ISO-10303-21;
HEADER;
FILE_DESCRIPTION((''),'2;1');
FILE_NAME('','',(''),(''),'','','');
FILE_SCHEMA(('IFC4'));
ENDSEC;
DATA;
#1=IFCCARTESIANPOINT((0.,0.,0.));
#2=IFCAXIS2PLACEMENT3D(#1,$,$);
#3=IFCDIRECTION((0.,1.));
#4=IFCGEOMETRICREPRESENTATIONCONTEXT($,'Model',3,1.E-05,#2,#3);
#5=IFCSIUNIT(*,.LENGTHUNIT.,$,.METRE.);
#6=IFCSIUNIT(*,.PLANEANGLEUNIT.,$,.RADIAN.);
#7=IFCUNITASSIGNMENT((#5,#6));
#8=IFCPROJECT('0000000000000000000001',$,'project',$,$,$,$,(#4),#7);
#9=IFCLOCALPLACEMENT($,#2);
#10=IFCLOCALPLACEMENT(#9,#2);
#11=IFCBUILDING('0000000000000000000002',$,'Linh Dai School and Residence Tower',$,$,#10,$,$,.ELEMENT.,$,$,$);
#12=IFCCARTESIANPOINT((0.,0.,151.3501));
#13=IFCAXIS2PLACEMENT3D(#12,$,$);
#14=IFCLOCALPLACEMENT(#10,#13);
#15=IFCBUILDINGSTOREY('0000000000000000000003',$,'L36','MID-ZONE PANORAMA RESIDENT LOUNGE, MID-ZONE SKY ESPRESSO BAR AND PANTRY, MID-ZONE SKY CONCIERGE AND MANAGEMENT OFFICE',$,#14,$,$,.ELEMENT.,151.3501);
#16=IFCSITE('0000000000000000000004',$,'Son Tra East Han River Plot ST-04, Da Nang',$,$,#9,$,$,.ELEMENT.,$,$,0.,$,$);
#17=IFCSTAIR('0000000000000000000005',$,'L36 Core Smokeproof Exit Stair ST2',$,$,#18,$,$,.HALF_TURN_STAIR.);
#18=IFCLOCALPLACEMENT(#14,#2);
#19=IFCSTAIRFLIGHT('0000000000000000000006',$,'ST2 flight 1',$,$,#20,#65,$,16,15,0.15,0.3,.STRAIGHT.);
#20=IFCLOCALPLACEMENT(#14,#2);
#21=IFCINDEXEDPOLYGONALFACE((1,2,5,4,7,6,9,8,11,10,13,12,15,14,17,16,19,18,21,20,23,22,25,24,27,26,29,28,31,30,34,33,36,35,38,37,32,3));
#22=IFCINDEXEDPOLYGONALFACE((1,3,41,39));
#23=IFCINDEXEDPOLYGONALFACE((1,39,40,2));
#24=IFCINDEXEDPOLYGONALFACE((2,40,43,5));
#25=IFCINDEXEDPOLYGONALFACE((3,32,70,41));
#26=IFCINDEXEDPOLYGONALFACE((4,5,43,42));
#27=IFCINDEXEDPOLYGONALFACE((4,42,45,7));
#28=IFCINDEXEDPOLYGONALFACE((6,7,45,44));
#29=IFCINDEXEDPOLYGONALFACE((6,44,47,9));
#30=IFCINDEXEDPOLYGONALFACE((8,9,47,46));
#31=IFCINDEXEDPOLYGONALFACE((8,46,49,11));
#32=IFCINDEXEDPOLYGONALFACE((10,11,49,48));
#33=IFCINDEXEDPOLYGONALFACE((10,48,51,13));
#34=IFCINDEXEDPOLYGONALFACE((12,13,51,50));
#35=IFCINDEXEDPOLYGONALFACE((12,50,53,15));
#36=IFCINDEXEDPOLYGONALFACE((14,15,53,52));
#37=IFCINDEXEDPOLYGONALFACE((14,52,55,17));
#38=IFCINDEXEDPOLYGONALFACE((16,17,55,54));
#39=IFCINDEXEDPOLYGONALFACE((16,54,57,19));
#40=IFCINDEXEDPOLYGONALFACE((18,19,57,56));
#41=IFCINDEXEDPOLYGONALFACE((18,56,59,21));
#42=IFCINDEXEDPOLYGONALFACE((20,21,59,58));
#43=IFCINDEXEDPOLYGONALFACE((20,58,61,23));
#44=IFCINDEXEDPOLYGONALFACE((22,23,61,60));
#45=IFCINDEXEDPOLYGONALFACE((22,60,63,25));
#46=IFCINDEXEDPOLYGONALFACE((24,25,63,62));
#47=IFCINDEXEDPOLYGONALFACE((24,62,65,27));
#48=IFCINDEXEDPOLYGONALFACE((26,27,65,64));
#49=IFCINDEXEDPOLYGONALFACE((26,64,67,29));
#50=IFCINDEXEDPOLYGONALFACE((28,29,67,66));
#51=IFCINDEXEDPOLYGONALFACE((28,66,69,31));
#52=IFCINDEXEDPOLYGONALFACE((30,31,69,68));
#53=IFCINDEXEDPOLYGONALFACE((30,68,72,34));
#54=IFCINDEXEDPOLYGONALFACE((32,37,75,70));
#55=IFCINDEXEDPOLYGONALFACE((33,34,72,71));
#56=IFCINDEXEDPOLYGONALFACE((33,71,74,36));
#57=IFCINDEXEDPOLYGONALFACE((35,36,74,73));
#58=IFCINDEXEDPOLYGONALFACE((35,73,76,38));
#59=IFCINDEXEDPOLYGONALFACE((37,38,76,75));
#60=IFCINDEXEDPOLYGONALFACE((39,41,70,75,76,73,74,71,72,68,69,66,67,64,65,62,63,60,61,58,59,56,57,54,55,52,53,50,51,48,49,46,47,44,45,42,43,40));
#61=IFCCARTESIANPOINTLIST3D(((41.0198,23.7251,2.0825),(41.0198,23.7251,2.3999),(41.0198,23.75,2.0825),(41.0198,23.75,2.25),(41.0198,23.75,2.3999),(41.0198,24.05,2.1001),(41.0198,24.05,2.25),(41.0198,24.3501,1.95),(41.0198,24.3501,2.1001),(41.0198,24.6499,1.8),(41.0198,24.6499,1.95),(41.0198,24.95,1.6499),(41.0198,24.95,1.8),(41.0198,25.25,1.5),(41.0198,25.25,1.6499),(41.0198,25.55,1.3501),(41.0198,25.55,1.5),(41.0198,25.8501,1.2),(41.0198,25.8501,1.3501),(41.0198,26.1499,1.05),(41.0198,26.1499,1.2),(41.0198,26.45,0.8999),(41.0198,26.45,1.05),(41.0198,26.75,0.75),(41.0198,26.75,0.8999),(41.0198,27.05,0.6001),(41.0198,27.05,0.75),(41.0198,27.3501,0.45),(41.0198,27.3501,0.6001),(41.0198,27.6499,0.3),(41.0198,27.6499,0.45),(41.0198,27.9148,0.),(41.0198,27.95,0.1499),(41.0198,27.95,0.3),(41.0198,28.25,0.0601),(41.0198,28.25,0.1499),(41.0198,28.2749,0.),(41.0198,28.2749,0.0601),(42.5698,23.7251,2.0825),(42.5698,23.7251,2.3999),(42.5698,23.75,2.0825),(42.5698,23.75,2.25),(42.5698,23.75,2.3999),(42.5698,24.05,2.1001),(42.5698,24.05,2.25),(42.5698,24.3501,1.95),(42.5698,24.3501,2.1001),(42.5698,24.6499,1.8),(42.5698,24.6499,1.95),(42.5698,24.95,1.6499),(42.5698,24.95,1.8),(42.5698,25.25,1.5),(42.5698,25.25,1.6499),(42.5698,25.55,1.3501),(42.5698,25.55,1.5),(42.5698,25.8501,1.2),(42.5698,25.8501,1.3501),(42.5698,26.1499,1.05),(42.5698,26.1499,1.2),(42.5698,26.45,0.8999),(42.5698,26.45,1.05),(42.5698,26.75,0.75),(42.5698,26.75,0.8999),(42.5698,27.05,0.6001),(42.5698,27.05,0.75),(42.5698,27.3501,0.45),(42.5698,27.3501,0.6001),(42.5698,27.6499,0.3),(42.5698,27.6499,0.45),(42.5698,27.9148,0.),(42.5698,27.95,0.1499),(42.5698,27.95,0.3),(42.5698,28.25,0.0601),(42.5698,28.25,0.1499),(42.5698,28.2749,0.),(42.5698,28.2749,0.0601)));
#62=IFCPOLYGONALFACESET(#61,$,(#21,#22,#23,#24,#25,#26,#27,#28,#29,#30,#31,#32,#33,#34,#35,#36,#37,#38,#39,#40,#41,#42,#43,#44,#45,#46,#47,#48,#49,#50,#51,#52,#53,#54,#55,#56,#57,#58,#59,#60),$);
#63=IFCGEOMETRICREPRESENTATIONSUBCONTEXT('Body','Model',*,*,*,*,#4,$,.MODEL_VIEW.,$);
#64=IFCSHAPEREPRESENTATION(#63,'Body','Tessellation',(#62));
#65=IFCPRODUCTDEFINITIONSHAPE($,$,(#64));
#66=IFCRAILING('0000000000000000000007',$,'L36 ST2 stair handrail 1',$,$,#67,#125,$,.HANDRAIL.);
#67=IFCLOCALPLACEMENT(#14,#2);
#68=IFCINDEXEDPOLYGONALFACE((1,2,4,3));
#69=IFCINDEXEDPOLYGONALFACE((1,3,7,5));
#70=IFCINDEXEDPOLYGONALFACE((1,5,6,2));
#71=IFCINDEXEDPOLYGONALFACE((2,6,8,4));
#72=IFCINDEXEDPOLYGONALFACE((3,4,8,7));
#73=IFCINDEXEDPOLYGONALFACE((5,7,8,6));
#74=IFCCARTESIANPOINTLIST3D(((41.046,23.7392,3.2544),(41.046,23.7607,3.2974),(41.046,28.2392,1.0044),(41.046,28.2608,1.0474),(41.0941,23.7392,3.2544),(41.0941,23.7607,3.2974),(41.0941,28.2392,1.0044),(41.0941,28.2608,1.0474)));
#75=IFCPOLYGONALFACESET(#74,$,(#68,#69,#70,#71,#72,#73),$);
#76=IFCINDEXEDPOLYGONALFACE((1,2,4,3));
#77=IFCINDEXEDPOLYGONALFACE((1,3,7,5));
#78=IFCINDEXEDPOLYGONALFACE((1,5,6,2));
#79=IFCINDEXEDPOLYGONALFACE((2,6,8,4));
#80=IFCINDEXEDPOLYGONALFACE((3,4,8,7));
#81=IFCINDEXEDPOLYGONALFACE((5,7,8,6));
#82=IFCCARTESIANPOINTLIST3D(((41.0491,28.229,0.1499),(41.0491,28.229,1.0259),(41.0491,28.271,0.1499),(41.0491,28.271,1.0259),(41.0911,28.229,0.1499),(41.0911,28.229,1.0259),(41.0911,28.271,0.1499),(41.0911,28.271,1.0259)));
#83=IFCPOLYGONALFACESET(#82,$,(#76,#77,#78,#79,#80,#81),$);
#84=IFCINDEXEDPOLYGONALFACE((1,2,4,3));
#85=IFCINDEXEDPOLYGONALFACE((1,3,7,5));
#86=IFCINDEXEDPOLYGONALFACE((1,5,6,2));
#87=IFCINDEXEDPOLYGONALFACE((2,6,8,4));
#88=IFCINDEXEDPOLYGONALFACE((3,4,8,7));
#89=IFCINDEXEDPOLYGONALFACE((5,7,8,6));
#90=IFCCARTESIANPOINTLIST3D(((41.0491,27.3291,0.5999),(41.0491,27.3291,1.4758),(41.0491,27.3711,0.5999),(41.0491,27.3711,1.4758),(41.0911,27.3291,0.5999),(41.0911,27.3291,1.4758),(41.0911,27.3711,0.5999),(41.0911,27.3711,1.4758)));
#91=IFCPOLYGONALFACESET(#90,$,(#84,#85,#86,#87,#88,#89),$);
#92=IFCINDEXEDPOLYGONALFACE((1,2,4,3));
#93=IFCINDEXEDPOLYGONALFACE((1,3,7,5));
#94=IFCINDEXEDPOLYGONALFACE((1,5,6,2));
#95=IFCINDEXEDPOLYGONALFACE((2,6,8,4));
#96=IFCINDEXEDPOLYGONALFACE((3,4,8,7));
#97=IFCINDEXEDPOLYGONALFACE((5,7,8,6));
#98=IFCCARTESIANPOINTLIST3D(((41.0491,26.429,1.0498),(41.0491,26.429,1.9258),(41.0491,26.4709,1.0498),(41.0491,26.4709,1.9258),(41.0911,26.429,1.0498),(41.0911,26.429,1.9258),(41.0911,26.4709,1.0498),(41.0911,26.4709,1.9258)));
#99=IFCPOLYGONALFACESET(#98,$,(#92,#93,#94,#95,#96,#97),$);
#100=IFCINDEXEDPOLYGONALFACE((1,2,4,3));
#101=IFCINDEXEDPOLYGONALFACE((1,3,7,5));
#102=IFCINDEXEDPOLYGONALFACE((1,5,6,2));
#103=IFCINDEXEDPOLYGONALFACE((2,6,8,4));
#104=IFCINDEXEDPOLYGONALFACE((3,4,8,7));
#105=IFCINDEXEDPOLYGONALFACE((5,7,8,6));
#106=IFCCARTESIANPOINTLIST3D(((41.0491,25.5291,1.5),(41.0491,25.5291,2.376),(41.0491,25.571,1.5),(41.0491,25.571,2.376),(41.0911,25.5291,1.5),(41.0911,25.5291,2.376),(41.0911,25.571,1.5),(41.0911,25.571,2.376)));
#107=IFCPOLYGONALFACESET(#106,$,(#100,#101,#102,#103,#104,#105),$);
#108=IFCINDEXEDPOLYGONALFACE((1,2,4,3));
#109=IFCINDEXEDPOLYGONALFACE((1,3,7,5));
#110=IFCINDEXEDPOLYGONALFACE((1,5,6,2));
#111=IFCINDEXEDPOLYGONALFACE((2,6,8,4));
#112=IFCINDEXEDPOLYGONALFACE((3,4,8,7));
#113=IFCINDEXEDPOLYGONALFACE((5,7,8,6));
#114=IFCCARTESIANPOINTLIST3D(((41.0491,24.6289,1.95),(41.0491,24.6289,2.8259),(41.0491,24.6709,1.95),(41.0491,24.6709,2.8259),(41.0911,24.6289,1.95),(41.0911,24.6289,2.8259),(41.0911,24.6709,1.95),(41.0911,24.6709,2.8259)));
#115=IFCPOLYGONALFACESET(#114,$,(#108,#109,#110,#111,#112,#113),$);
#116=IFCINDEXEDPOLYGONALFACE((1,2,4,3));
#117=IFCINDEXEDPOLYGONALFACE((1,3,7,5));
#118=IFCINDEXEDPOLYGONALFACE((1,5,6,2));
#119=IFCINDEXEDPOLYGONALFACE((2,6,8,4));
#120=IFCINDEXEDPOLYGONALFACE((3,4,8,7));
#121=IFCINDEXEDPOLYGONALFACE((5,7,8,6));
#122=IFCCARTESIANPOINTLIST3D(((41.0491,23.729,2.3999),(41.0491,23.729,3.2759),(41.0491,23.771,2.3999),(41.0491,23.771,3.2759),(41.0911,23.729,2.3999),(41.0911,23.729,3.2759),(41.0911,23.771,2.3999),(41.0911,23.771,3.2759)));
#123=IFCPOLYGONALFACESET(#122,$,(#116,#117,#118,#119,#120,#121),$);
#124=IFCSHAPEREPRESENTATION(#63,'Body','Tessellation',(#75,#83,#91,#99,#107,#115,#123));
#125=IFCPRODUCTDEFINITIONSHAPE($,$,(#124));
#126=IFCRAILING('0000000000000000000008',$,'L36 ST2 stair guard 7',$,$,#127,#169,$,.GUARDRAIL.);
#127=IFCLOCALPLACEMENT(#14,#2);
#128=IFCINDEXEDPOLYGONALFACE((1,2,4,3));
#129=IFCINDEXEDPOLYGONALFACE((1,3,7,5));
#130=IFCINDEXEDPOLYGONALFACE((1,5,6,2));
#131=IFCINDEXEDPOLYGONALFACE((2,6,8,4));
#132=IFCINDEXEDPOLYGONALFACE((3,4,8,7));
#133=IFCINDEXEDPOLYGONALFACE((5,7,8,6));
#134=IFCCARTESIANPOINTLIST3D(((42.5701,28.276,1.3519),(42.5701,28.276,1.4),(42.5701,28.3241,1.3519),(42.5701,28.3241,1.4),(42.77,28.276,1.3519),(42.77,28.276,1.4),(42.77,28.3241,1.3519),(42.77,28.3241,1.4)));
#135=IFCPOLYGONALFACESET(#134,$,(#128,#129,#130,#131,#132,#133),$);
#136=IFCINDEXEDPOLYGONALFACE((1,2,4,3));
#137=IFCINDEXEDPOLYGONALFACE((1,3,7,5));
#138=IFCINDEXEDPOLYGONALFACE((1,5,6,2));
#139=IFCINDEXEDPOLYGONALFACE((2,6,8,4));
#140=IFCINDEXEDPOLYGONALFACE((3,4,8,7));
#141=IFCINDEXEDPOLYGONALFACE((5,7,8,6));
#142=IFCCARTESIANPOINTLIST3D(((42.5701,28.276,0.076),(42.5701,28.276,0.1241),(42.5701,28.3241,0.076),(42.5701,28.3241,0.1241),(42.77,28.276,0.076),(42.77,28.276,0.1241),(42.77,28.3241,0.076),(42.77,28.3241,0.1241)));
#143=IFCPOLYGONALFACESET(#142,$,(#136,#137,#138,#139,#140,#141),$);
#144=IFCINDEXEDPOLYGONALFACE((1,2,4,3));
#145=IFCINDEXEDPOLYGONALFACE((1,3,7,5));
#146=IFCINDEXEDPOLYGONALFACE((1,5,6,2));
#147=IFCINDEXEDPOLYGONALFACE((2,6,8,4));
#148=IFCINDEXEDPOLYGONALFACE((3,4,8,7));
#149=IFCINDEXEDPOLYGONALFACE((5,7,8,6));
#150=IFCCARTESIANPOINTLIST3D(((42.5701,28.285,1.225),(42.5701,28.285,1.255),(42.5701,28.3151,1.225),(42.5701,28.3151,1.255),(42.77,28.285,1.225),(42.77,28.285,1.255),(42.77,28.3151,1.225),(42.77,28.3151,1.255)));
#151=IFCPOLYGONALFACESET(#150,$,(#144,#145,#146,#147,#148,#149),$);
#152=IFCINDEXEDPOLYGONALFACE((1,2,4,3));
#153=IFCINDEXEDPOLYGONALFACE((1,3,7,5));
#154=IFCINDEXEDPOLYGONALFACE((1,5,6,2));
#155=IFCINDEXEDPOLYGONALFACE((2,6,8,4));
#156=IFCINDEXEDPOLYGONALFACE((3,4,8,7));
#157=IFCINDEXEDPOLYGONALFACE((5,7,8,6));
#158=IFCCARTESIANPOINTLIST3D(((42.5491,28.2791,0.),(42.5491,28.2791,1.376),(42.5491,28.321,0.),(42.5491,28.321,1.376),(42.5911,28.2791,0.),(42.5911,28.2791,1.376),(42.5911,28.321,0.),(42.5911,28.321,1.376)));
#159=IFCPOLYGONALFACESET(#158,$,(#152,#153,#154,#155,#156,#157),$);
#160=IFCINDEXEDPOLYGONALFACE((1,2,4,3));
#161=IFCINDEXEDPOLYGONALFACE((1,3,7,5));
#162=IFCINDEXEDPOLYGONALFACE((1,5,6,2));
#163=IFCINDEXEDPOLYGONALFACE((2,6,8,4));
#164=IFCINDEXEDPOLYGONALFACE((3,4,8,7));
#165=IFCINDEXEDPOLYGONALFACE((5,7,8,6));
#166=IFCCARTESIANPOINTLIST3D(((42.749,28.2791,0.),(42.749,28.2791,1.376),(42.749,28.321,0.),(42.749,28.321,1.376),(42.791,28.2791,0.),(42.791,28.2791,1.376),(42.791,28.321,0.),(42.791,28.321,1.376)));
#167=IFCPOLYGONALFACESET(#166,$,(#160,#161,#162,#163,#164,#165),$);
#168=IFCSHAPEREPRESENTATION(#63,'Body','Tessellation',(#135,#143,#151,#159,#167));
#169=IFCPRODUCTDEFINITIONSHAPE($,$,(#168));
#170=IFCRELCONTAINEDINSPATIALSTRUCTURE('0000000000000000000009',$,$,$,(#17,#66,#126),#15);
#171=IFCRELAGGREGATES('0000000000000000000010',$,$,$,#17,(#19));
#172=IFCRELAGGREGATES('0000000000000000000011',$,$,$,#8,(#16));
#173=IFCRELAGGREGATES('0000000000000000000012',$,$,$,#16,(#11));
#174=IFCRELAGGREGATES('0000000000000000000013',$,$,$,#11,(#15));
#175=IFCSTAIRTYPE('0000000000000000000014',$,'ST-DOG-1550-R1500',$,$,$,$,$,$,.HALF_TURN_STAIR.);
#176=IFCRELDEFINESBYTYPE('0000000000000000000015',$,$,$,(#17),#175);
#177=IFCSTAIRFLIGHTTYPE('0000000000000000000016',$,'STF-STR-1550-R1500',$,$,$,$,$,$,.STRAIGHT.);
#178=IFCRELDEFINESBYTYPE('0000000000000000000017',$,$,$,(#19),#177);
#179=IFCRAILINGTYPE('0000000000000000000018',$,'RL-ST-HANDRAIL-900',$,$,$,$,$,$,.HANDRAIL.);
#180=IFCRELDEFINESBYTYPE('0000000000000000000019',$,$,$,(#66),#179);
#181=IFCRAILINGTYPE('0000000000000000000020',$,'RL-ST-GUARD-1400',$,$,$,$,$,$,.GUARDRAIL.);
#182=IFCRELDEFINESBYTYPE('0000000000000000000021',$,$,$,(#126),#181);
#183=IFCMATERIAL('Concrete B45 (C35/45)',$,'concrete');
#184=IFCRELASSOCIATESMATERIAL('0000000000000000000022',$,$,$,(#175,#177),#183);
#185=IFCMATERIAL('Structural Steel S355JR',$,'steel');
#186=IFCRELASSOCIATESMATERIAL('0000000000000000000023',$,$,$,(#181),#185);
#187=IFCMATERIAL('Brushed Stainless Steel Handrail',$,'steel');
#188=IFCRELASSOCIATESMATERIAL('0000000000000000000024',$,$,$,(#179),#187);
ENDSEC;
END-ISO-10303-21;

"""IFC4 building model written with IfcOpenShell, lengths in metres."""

from ifc_helpers import new_model, si_unit, direction, frame, origin, origin_2d, place, context, subcontext, project, spatial, polyline, rectangle, outline, extrude, source, transform, mapped, material, type_object, element, aggregate, save


model = new_model("IFC4")

# Units and contexts
model_context = context("Model", 3, precision=1e-05, world=origin(), true_north=direction((0.0, 1.0)))
body_context = subcontext(model_context, "Body", "Model", "MODEL_VIEW")
ifc_project = project(units=[si_unit("LENGTHUNIT", "METRE"), si_unit("PLANEANGLEUNIT", "RADIAN")], contexts=[model_context])

# Site, building, storey
site_placement = place(None, origin())
site = spatial("IfcSite", under=ifc_project, at=site_placement, Name="Son Tra East Han River Plot ST-04, Da Nang", CompositionType="ELEMENT", RefElevation=0.0)
building_placement = place(site_placement, origin())
building = spatial("IfcBuilding", under=site, at=building_placement, Name="Linh Dai School and Residence Tower", CompositionType="ELEMENT")
storey_placement = place(building_placement, frame((0.0, 0.0, 151.3501)))
storey = spatial("IfcBuildingStorey", under=building, at=storey_placement, Name="L36", Description="MID-ZONE PANORAMA RESIDENT LOUNGE, MID-ZONE SKY ESPRESSO BAR AND PANTRY, MID-ZONE SKY CONCIERGE AND MANAGEMENT OFFICE", CompositionType="ELEMENT", Elevation=151.3501)

# Shared definitions
ifc_material_1 = material(Name="Structural Steel S355JR", Category="steel")

# Shared definitions
ifc_material_2 = material(Name="Concrete B45 (C35/45)", Category="concrete")

# Stair, stair flight
stair_type = type_object("IfcStairType", Name="ST-DOG-1550-R1500", PredefinedType="HALF_TURN_STAIR", material=ifc_material_2)
stair_placement = place(storey_placement, origin())
stair = element("IfcStair", 1, at=stair_placement, inside=storey, type_object=stair_type, Name="L36 Core Smokeproof Exit Stair ST2", PredefinedType="HALF_TURN_STAIR")
stair_flight_type = type_object("IfcStairFlightType", Name="STF-STR-1550-R1500", PredefinedType="STRAIGHT", material=ifc_material_2)
shared_shape_1 = source(origin(), body_context, "Body", "SweptSolid", [
    extrude(outline(polyline([(-0.0249, 0.0), (-0.0249, 0.0601), (0.0, 0.0601), (0.0, 0.1499), (0.3, 0.1499), (0.3, 0.3), (0.6001, 0.3), (0.6001, 0.45), (0.8999, 0.45), (0.8999, 0.6001), (1.2, 0.6001), (1.2, 0.75), (1.5, 0.75), (1.5, 0.8999), (1.8, 0.8999), (1.8, 1.05), (2.1001, 1.05), (2.1001, 1.2), (2.3999, 1.2), (2.3999, 1.3501), (2.7, 1.3501), (2.7, 1.5), (3.0, 1.5), (3.0, 1.6499), (3.3, 1.6499), (3.3, 1.8), (3.6001, 1.8), (3.6001, 1.95), (3.8999, 1.95), (3.8999, 2.1001), (4.2, 2.1001), (4.2, 2.25), (4.5, 2.25), (4.5, 2.3999), (4.5249, 2.3999), (4.5249, 2.0825), (4.5, 2.0825), (0.3352, 0.0), (-0.0249, 0.0)])), frame((0.0, 0.7749, 0.0), z_axis=(0.0, -1.0, 0.0), x_axis=(1.0, 0.0, 0.0)), (0.0, 0.0, 1.0), 1.55),
])
stair_flight_placement = place(storey_placement, frame((41.7949, 28.25, 0.0), z_axis=(0.0, 0.0, 1.0), x_axis=(0.0, -1.0, 0.0)))
stair_flight = element("IfcStairFlight", 2, at=stair_flight_placement, type_object=stair_flight_type, Name="ST2 flight 1", NumberOfRisers=16, NumberOfTreads=15, PredefinedType="STRAIGHT", RiserHeight=0.15, TreadLength=0.3, context=body_context, shape_type="MappedRepresentation", body=[
    mapped(shared_shape_1, transform((0.0, 0.0, 0.0), x_axis=(1.0, 0.0, 0.0), y_axis=(0.0, 1.0, 0.0), z_axis=(0.0, 0.0, 1.0), scale=1.0)),
])
aggregate(stair, [stair_flight])

# Railings
railing_type_1 = type_object("IfcRailingType", Name="RL-ST-GUARD-1400", PredefinedType="GUARDRAIL", material=ifc_material_1)
ifc_material_3 = material(Name="Brushed Stainless Steel Handrail", Category="steel")
railing_type_2 = type_object("IfcRailingType", Name="RL-ST-HANDRAIL-900", PredefinedType="HANDRAIL", material=ifc_material_3)
shared_shape_2 = source(origin(), body_context, "Body", "SweptSolid", [
    extrude(rectangle(XDim=0.0481, YDim=0.0481, at=origin_2d()), frame((0.0, 0.0, 0.876), z_axis=(0.0, -0.894427, 0.447214), x_axis=(1.0, 0.0, 0.0)), (0.0, 0.0, 1.0), 5.0312),
    extrude(rectangle(XDim=0.042, YDim=0.042, at=origin_2d()), origin(), (0.0, 0.0, 1.0), 0.876),
    extrude(rectangle(XDim=0.042, YDim=0.042, at=origin_2d()), frame((0.0, -0.8999, 0.45)), (0.0, 0.0, 1.0), 0.876),
    extrude(rectangle(XDim=0.042, YDim=0.042, at=origin_2d()), frame((0.0, -1.8, 0.8999)), (0.0, 0.0, 1.0), 0.876),
    extrude(rectangle(XDim=0.042, YDim=0.042, at=origin_2d()), frame((0.0, -2.7, 1.3501)), (0.0, 0.0, 1.0), 0.876),
    extrude(rectangle(XDim=0.042, YDim=0.042, at=origin_2d()), frame((0.0, -3.6001, 1.8)), (0.0, 0.0, 1.0), 0.876),
    extrude(rectangle(XDim=0.042, YDim=0.042, at=origin_2d()), frame((0.0, -4.5, 2.25)), (0.0, 0.0, 1.0), 0.876),
])
railing_1_placement = place(storey_placement, frame((41.0701, 28.25, 0.1499)))
element("IfcRailing", 3, at=railing_1_placement, inside=storey, type_object=railing_type_2, Name="L36 ST2 stair handrail 1", PredefinedType="HANDRAIL", context=body_context, shape_type="MappedRepresentation", body=[
    mapped(shared_shape_2, transform((0.0, 0.0, 0.0), x_axis=(1.0, 0.0, 0.0), y_axis=(0.0, 1.0, 0.0), z_axis=(0.0, 0.0, 1.0), scale=1.0)),
])
shared_shape_3 = source(origin(), body_context, "Body", "SweptSolid", [
    extrude(rectangle(XDim=0.0481, YDim=0.0481, at=origin_2d()), frame((0.0, 0.0, 1.376), z_axis=(1.0, 0.0, 0.0), x_axis=(0.0, 1.0, 0.0)), (0.0, 0.0, 1.0), 0.2),
    extrude(rectangle(XDim=0.0481, YDim=0.0481, at=origin_2d()), frame((0.0, 0.0, 0.1001), z_axis=(1.0, 0.0, 0.0), x_axis=(0.0, 1.0, 0.0)), (0.0, 0.0, 1.0), 0.2),
    extrude(rectangle(XDim=0.03, YDim=0.03, at=origin_2d()), frame((0.0, 0.0, 1.24), z_axis=(1.0, 0.0, 0.0), x_axis=(0.0, 1.0, 0.0)), (0.0, 0.0, 1.0), 0.2),
    extrude(rectangle(XDim=0.042, YDim=0.042, at=origin_2d()), origin(), (0.0, 0.0, 1.0), 1.376),
    extrude(rectangle(XDim=0.042, YDim=0.042, at=origin_2d()), frame((0.2, 0.0, 0.0)), (0.0, 0.0, 1.0), 1.376),
])
railing_2_placement = place(storey_placement, frame((42.5701, 28.3, 0.0)))
element("IfcRailing", 4, at=railing_2_placement, inside=storey, type_object=railing_type_1, Name="L36 ST2 stair guard 7", PredefinedType="GUARDRAIL", context=body_context, shape_type="MappedRepresentation", body=[
    mapped(shared_shape_3, transform((0.0, 0.0, 0.0), x_axis=(1.0, 0.0, 0.0), y_axis=(0.0, 1.0, 0.0), z_axis=(0.0, 0.0, 1.0), scale=1.0)),
])

save(model, "model.ifc")
